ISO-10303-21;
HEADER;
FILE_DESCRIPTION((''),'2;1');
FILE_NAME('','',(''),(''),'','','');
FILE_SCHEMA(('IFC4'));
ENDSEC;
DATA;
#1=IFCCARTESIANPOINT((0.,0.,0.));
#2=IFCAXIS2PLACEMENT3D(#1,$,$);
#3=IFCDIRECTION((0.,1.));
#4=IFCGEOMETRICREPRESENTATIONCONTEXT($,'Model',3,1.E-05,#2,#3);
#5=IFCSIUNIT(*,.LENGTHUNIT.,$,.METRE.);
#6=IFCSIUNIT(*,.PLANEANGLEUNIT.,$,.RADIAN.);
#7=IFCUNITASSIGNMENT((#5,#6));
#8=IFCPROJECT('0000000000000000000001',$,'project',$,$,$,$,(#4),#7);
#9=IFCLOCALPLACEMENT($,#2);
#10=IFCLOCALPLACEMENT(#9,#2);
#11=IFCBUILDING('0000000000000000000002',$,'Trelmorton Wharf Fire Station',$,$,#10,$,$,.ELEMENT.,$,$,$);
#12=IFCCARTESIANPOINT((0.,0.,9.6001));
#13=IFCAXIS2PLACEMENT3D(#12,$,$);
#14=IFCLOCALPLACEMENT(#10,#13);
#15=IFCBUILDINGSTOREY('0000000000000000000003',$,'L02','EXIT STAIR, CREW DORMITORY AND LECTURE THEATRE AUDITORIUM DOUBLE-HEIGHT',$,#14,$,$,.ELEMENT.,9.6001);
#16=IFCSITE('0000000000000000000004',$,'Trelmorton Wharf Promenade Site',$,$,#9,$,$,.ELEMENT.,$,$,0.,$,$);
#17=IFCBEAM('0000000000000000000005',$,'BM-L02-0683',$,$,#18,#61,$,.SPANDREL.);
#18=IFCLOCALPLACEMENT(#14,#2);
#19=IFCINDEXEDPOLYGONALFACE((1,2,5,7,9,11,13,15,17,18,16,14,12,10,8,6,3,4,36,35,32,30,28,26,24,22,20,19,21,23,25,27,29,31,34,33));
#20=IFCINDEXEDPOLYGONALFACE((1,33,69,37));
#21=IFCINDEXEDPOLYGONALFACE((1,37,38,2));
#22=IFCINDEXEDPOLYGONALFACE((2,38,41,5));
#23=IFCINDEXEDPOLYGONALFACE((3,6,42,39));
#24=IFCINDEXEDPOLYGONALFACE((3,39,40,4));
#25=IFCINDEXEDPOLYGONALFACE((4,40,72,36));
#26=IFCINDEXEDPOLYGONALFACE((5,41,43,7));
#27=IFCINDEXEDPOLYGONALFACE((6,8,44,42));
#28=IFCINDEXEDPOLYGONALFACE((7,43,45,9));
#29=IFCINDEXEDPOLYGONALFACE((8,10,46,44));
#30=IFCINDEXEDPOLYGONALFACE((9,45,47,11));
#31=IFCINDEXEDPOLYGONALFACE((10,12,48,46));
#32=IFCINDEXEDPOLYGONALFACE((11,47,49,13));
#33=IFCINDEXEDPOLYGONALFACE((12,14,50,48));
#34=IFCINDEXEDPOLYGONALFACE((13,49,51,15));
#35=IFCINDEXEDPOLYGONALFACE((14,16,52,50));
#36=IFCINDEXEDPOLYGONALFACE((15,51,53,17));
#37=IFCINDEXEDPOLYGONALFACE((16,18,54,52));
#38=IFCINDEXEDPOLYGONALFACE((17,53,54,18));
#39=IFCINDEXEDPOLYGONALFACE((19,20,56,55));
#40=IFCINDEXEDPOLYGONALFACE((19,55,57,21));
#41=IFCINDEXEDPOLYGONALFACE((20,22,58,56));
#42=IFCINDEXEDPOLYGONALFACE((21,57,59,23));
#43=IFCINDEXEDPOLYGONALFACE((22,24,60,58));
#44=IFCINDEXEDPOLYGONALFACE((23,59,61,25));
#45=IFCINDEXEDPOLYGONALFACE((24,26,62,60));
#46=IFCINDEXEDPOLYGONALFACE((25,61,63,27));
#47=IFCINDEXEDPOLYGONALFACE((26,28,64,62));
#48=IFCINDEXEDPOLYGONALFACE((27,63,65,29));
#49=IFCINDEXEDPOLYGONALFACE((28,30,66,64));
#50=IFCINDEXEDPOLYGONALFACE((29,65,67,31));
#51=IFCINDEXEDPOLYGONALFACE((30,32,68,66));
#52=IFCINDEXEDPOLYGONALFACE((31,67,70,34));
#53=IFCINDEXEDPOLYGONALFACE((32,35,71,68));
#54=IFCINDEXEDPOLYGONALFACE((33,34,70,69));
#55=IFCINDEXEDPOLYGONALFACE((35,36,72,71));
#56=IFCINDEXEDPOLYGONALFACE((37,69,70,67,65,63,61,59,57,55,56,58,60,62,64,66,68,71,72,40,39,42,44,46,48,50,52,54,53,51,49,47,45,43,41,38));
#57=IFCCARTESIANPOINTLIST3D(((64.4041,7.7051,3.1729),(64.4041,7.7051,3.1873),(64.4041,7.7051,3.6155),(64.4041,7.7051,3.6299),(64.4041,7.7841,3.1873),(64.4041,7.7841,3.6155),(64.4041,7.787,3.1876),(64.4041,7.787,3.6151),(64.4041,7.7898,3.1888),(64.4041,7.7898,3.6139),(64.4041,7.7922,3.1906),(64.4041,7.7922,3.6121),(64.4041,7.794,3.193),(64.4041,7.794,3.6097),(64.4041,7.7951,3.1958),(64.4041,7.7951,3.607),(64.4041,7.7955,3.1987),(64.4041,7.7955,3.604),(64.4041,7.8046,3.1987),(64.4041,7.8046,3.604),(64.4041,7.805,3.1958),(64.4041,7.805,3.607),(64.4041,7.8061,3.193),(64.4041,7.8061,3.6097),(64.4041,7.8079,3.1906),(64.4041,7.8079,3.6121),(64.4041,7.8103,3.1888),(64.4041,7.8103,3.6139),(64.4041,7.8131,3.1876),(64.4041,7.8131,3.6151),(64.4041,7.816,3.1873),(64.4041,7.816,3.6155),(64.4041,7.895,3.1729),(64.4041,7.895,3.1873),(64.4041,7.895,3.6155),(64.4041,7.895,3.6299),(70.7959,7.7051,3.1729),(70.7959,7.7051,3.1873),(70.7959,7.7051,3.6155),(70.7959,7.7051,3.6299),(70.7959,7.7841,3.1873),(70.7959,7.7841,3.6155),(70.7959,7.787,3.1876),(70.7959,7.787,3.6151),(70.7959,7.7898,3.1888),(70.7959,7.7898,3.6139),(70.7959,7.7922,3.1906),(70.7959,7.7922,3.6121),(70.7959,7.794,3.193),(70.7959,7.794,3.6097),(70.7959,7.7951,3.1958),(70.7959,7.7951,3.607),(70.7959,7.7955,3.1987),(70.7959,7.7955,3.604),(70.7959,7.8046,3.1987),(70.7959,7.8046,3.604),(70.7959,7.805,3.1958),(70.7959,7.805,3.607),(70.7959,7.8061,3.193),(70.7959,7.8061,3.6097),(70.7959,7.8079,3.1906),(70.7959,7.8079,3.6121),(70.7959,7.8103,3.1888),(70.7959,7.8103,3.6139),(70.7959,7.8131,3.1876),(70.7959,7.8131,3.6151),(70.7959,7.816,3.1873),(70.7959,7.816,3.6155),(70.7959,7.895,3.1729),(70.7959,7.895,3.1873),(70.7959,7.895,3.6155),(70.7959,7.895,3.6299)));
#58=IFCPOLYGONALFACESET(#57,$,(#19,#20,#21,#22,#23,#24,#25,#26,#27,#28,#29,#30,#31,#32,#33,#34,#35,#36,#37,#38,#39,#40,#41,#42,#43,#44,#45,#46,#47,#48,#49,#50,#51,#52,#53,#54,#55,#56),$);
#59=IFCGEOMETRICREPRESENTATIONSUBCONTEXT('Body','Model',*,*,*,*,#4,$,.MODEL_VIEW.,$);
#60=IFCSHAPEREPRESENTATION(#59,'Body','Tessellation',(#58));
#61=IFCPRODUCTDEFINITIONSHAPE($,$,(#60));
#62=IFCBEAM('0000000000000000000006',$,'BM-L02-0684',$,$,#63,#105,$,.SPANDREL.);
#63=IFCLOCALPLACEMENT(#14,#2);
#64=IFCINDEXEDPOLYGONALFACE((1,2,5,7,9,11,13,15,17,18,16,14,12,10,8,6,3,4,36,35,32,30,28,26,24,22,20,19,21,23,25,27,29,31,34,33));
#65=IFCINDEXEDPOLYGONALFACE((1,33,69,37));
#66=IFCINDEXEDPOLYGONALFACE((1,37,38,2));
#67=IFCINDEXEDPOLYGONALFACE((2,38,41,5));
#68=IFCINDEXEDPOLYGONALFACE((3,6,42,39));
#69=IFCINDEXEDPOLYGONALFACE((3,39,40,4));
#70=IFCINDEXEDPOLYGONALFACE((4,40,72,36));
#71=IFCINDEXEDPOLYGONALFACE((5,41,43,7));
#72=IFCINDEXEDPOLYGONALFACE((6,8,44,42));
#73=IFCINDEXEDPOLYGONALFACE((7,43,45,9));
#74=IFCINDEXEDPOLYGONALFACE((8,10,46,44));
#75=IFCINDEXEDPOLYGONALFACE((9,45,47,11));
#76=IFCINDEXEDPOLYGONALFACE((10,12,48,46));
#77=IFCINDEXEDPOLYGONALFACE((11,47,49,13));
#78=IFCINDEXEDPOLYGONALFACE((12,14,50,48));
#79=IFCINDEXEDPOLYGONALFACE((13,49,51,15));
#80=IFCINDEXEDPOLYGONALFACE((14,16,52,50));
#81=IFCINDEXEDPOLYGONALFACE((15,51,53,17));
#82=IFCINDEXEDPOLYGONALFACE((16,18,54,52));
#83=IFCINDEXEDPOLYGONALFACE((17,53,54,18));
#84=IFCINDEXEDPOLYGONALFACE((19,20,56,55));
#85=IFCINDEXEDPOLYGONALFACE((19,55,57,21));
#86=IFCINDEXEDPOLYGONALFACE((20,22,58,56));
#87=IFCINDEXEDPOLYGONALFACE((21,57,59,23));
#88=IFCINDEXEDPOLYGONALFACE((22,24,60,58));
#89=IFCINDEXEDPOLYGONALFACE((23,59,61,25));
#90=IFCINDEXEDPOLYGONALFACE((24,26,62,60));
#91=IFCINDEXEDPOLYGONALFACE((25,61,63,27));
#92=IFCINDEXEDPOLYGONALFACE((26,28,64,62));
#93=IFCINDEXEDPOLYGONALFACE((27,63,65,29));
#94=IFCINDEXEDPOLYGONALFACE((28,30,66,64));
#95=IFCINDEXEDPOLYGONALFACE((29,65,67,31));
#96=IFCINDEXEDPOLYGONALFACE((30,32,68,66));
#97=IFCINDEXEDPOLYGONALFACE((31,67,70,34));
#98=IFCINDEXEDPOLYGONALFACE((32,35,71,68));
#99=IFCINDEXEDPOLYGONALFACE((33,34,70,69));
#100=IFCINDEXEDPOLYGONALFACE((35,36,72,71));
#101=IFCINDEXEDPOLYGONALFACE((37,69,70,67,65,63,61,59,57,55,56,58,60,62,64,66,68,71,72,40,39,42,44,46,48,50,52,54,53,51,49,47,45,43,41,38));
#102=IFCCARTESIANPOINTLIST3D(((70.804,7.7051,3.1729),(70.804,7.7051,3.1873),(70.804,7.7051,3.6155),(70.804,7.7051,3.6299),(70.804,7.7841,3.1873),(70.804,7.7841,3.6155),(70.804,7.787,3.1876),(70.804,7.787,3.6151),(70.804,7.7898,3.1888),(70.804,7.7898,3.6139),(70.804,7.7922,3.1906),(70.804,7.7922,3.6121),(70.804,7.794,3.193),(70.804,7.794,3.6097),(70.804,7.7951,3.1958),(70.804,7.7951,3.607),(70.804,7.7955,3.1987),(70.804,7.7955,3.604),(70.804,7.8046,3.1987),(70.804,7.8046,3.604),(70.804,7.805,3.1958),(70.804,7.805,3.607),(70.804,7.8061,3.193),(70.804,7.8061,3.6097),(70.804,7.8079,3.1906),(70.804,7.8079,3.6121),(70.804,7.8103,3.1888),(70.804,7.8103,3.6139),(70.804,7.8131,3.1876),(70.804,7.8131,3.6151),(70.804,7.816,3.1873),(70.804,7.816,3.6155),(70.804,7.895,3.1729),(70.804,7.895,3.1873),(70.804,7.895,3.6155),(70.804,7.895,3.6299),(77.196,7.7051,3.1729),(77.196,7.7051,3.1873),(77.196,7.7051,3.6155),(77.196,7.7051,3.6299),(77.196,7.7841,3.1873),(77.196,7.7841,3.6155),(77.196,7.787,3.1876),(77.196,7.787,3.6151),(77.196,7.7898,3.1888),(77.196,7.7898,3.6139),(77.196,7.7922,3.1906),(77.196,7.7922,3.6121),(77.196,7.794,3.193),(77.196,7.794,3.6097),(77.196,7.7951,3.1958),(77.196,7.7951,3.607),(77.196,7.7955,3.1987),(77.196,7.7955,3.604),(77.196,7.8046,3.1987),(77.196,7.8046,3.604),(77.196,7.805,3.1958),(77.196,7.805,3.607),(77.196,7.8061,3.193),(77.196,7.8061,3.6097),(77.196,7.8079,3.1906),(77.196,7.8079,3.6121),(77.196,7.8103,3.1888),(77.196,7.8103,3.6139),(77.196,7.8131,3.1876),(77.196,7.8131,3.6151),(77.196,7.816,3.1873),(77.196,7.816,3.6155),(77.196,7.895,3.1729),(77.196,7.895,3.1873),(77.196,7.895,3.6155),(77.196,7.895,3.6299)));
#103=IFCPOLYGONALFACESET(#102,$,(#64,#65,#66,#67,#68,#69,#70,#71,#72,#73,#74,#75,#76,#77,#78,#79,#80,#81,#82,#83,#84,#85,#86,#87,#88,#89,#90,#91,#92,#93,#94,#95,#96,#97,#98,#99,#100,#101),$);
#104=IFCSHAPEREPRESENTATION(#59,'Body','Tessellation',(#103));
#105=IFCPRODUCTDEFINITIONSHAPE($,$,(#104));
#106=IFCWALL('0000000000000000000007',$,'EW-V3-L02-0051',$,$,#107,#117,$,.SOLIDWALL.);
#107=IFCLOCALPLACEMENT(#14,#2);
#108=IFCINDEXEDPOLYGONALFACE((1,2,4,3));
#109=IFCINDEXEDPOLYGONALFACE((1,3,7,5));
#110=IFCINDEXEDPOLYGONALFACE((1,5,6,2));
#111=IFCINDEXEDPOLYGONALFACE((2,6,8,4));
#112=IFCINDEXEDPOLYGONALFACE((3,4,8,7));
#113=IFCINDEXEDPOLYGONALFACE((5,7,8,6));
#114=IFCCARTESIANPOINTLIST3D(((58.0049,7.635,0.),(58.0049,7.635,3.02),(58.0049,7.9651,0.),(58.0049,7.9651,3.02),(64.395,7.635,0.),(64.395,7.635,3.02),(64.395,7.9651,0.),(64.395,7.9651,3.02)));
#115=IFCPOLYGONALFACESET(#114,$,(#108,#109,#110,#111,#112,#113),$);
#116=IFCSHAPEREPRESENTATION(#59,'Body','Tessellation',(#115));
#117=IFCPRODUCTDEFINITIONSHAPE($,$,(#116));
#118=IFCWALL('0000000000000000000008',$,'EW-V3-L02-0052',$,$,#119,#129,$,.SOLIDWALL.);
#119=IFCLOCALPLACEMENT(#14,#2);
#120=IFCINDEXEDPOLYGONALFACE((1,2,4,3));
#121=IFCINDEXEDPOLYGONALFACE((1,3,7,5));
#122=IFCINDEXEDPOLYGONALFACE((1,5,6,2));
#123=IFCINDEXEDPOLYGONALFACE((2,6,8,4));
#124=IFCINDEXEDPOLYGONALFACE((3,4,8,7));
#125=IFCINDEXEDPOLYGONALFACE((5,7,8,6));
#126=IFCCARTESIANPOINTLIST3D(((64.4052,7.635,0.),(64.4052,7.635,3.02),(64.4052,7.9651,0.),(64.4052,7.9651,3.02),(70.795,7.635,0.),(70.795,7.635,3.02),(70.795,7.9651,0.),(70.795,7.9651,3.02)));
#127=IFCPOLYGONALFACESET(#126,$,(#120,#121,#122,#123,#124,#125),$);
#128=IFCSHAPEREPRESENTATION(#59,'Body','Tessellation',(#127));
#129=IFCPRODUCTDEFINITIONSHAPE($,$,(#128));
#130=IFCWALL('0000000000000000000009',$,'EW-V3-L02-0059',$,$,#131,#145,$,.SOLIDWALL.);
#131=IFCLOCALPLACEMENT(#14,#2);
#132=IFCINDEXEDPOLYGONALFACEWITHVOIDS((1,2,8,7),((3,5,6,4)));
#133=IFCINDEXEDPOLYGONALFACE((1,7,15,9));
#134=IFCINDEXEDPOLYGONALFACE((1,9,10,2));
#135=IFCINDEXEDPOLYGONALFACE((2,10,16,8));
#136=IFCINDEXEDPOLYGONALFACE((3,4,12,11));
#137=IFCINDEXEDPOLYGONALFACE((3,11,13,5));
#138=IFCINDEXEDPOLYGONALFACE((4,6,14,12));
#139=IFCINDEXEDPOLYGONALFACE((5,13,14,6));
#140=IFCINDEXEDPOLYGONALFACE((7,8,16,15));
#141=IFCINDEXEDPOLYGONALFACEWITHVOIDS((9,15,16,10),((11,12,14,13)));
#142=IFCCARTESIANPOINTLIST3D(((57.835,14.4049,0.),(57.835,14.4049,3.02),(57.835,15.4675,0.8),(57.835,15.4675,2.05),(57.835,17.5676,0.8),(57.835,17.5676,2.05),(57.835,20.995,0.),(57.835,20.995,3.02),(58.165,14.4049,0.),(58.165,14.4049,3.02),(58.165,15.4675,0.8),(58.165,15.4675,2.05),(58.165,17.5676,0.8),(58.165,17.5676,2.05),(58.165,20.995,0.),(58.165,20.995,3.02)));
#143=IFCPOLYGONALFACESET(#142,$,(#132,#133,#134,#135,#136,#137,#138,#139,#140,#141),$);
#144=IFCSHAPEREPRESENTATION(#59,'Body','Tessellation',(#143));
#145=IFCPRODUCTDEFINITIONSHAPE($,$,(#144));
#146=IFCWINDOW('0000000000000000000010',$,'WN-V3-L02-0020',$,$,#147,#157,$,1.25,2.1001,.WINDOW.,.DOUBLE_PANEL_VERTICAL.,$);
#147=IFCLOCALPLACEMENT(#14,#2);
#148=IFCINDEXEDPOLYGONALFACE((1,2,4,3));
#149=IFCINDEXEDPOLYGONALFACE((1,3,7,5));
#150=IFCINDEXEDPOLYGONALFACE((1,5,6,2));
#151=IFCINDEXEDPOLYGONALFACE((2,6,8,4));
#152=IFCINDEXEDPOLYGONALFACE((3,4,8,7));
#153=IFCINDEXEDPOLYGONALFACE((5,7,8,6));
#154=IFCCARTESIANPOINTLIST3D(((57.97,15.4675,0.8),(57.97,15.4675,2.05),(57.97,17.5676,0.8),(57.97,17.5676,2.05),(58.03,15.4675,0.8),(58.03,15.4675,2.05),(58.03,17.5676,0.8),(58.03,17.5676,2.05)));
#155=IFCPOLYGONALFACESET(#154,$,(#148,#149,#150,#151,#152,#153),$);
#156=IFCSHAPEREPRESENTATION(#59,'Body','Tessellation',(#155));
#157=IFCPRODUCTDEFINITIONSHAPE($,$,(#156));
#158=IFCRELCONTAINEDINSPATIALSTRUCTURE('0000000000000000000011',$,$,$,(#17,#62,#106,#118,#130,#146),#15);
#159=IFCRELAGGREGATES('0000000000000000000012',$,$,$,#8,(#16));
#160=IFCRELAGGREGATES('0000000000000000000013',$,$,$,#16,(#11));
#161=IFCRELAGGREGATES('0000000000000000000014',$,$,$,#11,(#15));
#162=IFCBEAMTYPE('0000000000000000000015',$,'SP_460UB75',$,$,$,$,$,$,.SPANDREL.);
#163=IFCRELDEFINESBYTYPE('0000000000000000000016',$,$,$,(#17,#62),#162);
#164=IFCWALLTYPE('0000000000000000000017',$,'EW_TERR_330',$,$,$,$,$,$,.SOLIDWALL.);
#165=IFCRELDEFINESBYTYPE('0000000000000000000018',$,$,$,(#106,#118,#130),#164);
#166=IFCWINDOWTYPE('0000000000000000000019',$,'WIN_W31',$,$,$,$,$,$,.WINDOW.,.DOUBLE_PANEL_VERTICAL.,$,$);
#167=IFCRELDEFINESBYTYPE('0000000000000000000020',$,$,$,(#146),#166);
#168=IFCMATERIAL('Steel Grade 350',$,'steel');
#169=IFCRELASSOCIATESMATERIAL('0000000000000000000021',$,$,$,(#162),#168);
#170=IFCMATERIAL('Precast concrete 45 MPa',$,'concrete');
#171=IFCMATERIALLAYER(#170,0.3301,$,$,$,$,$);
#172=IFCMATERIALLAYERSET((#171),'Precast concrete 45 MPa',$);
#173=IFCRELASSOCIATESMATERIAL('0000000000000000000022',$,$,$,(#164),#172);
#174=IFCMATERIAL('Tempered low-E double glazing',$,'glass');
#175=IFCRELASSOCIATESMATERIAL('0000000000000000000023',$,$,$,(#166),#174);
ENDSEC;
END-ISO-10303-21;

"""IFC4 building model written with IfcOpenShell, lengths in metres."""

from ifc_helpers import new_model, si_unit, direction, frame, frame_2d, origin, origin_2d, place, context, subcontext, project, spatial, rectangle, i_section, extrude, material, layer, layer_set, material_profile, profile_set, type_object, element, fill, save


model = new_model("IFC4")

# Units and contexts
model_context = context("Model", 3, precision=1e-05, world=origin(), true_north=direction((0.0, 1.0)))
body_context = subcontext(model_context, "Body", "Model", "MODEL_VIEW")
ifc_project = project(units=[si_unit("LENGTHUNIT", "METRE"), si_unit("PLANEANGLEUNIT", "RADIAN")], contexts=[model_context])

# Site, building, storey
site_placement = place(None, origin())
site = spatial("IfcSite", under=ifc_project, at=site_placement, Name="Trelmorton Wharf Promenade Site", CompositionType="ELEMENT", RefElevation=0.0)
building_placement = place(site_placement, origin())
building = spatial("IfcBuilding", under=site, at=building_placement, Name="Trelmorton Wharf Fire Station", CompositionType="ELEMENT")
storey_placement = place(building_placement, frame((0.0, 0.0, 9.6001)))
storey = spatial("IfcBuildingStorey", under=building, at=storey_placement, Name="L02", Description="EXIT STAIR, CREW DORMITORY AND LECTURE THEATRE AUDITORIUM DOUBLE-HEIGHT", CompositionType="ELEMENT", Elevation=9.6001)

# Shared definitions
ifc_material_1 = material(Name="Steel Grade 350", Category="steel")

# Beams
ifc_material_profile_1 = material_profile(ifc_material_1, i_section(OverallWidth=0.1899, OverallDepth=0.457, WebThickness=0.009, FlangeThickness=0.0144, FilletRadius=0.0115, at=origin_2d()), Name="460UB74.6")
ifc_profile_set_1 = profile_set([ifc_material_profile_1], Name="Steel Grade 350")
beam_type_1 = type_object("IfcBeamType", Name="SP_460UB75", PredefinedType="SPANDREL", material=ifc_profile_set_1)
beam_1_placement = place(storey_placement, frame((64.4041, 7.8, 3.4014), z_axis=(1.0, 0.0, 0.0), x_axis=(0.0, 1.0, 0.0)))
element("IfcBeam", 1, at=beam_1_placement, inside=storey, type_object=beam_type_1, Name="BM-L02-0683", PredefinedType="SPANDREL", context=body_context, shape_type="SweptSolid", body=[
    extrude(i_section(OverallWidth=0.1899, OverallDepth=0.457, WebThickness=0.009, FlangeThickness=0.0144, FilletRadius=0.0115, at=origin_2d()), origin(), (0.0, 0.0, 1.0), 6.3918),
])
beam_2_placement = place(storey_placement, frame((70.804, 7.8, 3.4014), z_axis=(1.0, 0.0, 0.0), x_axis=(0.0, 1.0, 0.0)))
element("IfcBeam", 2, at=beam_2_placement, inside=storey, type_object=beam_type_1, Name="BM-L02-0684", PredefinedType="SPANDREL", context=body_context, shape_type="SweptSolid", body=[
    extrude(i_section(OverallWidth=0.1899, OverallDepth=0.457, WebThickness=0.009, FlangeThickness=0.0144, FilletRadius=0.0115, at=origin_2d()), origin(), (0.0, 0.0, 1.0), 6.3921),
])

# Walls
ifc_material_2 = material(Name="Precast concrete 45 MPa", Category="concrete")
ifc_layer_1 = layer(ifc_material_2, 0.3301)
ifc_layer_set_1 = layer_set([ifc_layer_1], Name="Precast concrete 45 MPa")
wall_type_1 = type_object("IfcWallType", Name="EW_TERR_330", PredefinedType="SOLIDWALL", material=ifc_layer_set_1)
wall_1_placement = place(storey_placement, frame((64.395, 7.8, 0.0), z_axis=(0.0, 0.0, 1.0), x_axis=(-1.0, 0.0, 0.0)))
element("IfcWall", 3, at=wall_1_placement, inside=storey, type_object=wall_type_1, Name="EW-V3-L02-0051", PredefinedType="SOLIDWALL", context=body_context, shape_type="SweptSolid", body=[
    extrude(rectangle(XDim=6.3901, YDim=0.3301, at=frame_2d((3.1951, 0.0))), origin(), (0.0, 0.0, 1.0), 3.02),
])
wall_2_placement = place(storey_placement, frame((70.7949, 7.8, 0.0), z_axis=(0.0, 0.0, 1.0), x_axis=(-1.0, 0.0, 0.0)))
element("IfcWall", 4, at=wall_2_placement, inside=storey, type_object=wall_type_1, Name="EW-V3-L02-0052", PredefinedType="SOLIDWALL", context=body_context, shape_type="SweptSolid", body=[
    extrude(rectangle(XDim=6.3899, YDim=0.3301, at=frame_2d((3.1948, 0.0))), origin(), (0.0, 0.0, 1.0), 3.02),
])

# Wall, opening, window
wall_3_placement = place(storey_placement, frame((58.0, 14.405, 0.0), z_axis=(0.0, 0.0, 1.0), x_axis=(0.0, 1.0, 0.0)))
wall_3 = element("IfcWall", 5, at=wall_3_placement, inside=storey, type_object=wall_type_1, Name="EW-V3-L02-0059", PredefinedType="SOLIDWALL", context=body_context, shape_type="SweptSolid", body=[
    extrude(rectangle(XDim=6.5901, YDim=0.3301, at=frame_2d((3.2949, 0.0))), origin(), (0.0, 0.0, 1.0), 3.02),
])
opening_1_placement = place(wall_3_placement, frame((1.0625, 0.0, 0.8)))
opening_1 = element("IfcOpeningElement", 6, at=opening_1_placement, cuts=wall_3, PredefinedType="OPENING", context=body_context, shape_type="SweptSolid", body=[
    extrude(rectangle(XDim=2.1001, YDim=1.25, at=frame_2d((1.05, 0.625))), frame((0.0, 0.175, 0.0), z_axis=(0.0, -1.0, 0.0), x_axis=(1.0, 0.0, 0.0)), (0.0, 0.0, 1.0), 0.3501),
])
ifc_material_3 = material(Name="Tempered low-E double glazing", Category="glass")
window_type = type_object("IfcWindowType", Name="WIN_W31", PartitioningType="DOUBLE_PANEL_VERTICAL", PredefinedType="WINDOW", material=ifc_material_3)
window_placement = place(opening_1_placement, origin())
window = element("IfcWindow", 7, at=window_placement, inside=storey, type_object=window_type, Name="WN-V3-L02-0020", OverallHeight=1.25, OverallWidth=2.1001, PartitioningType="DOUBLE_PANEL_VERTICAL", PredefinedType="WINDOW", context=body_context, shape_type="SweptSolid", body=[
    extrude(rectangle(XDim=2.1001, YDim=1.25, at=frame_2d((1.05, 0.625))), frame((0.0, 0.03, 0.0), z_axis=(0.0, -1.0, 0.0), x_axis=(1.0, 0.0, 0.0)), (0.0, 0.0, 1.0), 0.0601),
])
fill(opening_1, window)

save(model, "model.ifc")
